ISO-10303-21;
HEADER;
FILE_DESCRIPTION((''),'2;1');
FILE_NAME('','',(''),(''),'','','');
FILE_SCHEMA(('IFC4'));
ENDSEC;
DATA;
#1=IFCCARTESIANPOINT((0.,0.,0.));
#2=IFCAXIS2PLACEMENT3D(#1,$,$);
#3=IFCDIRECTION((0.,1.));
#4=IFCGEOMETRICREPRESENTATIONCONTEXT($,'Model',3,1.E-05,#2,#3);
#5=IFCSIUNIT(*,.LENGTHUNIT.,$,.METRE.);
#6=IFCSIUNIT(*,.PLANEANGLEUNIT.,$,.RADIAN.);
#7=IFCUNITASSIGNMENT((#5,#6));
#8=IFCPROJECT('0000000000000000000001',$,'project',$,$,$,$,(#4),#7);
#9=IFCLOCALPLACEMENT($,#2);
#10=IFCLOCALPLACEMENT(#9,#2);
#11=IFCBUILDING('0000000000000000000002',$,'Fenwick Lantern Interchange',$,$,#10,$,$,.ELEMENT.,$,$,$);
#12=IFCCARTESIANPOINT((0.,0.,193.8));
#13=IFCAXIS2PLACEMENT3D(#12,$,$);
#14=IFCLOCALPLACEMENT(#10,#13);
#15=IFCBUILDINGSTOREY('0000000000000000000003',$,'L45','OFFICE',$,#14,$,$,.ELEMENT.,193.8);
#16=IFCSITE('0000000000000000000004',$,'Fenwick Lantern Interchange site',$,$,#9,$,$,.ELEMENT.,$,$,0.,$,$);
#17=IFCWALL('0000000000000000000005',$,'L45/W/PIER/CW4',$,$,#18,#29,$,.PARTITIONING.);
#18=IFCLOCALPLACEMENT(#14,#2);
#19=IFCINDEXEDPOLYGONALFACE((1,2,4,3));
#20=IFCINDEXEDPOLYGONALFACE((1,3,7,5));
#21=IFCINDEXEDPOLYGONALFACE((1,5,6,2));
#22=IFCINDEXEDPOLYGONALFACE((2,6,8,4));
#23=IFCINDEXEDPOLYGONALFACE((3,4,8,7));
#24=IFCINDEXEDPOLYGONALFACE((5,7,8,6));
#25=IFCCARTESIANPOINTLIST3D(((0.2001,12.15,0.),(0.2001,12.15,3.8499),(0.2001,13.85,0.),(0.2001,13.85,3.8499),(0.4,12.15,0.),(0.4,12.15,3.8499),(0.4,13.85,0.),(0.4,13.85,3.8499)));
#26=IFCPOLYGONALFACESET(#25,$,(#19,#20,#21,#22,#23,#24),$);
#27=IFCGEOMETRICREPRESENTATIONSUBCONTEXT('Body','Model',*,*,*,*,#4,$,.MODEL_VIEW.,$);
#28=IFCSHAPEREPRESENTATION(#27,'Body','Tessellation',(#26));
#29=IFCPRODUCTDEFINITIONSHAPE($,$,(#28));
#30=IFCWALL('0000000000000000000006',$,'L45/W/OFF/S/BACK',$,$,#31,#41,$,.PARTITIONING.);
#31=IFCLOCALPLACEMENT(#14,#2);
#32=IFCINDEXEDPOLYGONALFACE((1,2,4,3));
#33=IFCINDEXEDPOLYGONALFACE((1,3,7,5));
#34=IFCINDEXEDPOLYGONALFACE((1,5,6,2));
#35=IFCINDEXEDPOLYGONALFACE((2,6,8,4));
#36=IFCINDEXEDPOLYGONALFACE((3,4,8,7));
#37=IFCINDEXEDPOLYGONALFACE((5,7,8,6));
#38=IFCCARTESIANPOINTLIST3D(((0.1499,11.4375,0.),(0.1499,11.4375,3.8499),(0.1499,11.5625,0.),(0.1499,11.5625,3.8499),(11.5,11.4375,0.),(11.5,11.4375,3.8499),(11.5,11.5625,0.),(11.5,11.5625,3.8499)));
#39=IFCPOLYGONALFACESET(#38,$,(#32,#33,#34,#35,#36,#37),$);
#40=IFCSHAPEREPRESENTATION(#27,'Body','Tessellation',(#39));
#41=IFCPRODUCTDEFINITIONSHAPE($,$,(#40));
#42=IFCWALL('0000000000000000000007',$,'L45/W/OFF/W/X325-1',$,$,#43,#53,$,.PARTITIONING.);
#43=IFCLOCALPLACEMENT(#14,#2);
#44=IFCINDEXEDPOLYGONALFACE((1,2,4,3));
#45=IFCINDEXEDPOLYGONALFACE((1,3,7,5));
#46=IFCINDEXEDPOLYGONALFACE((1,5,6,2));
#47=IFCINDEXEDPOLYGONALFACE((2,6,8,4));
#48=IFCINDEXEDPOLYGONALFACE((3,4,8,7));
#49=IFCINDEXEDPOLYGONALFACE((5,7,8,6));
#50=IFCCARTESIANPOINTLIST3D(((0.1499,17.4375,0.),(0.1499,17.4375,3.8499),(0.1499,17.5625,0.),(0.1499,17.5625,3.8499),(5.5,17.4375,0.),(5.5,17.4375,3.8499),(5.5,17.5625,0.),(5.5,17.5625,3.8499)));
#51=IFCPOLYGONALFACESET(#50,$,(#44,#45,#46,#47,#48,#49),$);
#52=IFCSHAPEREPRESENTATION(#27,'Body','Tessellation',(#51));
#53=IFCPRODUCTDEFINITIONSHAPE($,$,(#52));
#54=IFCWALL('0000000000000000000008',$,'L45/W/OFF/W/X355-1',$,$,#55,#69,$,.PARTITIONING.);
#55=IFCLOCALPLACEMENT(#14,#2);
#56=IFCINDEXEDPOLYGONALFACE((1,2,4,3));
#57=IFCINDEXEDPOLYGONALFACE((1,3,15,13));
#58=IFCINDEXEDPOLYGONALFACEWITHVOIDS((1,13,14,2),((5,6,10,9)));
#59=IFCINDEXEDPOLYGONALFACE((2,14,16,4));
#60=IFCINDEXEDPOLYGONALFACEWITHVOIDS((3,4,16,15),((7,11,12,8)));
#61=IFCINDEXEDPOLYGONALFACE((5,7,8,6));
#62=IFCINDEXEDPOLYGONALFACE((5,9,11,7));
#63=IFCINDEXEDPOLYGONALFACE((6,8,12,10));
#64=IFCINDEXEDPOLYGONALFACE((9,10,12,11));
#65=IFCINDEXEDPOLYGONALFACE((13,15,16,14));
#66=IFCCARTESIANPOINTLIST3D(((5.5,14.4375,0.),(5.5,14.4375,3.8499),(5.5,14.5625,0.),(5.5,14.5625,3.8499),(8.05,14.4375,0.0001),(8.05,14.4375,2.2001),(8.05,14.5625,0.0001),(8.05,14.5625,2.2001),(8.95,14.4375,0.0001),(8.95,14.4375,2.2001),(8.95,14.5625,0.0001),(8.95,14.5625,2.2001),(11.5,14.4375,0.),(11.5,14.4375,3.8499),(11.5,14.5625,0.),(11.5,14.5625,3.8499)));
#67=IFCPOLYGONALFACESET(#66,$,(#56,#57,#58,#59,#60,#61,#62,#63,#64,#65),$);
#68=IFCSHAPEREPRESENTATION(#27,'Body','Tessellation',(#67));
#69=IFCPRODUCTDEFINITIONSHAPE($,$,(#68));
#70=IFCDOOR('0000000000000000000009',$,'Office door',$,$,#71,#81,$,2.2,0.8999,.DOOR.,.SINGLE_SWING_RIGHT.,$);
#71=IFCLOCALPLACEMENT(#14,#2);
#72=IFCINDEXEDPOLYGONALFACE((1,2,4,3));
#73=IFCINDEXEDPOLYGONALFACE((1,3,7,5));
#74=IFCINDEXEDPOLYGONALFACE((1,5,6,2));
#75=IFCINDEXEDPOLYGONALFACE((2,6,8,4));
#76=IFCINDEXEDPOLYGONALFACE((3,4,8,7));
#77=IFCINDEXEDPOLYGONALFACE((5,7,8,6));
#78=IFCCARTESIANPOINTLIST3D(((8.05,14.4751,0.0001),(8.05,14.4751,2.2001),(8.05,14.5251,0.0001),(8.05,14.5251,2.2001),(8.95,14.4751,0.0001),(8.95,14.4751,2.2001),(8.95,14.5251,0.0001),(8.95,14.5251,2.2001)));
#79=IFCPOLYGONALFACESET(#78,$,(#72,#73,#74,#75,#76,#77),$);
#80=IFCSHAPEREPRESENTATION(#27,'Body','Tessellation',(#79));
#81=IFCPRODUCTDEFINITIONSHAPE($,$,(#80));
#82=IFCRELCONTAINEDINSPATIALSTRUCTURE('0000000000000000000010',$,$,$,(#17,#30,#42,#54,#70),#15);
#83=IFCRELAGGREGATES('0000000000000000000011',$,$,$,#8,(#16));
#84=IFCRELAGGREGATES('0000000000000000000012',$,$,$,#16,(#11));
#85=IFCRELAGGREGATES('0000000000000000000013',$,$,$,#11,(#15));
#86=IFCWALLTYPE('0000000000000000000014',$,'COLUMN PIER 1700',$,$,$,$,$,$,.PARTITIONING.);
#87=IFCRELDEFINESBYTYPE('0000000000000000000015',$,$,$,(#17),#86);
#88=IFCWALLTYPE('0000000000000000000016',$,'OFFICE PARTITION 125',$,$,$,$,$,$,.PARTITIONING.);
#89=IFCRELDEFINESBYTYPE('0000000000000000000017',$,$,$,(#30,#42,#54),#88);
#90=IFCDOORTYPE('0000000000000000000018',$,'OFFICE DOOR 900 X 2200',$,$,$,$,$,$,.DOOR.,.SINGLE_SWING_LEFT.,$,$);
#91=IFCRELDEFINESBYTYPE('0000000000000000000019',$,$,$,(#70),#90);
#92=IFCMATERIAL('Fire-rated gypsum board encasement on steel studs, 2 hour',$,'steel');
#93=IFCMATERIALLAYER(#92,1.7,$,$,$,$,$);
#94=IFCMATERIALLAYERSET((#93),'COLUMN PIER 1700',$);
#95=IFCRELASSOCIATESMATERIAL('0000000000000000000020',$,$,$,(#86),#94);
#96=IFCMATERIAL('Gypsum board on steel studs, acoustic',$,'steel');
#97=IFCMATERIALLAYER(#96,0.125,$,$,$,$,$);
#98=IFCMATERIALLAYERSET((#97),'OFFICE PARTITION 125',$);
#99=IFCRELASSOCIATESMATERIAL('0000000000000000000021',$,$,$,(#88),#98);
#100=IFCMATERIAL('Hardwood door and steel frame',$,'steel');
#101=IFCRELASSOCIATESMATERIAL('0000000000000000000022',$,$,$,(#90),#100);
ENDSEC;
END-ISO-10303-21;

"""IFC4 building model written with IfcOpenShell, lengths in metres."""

from ifc_helpers import new_model, si_unit, direction, frame, frame_2d, origin, place, context, subcontext, project, spatial, rectangle, extrude, material, layer, layer_set, type_object, element, fill, save


model = new_model("IFC4")

# Units and contexts
model_context = context("Model", 3, precision=1e-05, world=origin(), true_north=direction((0.0, 1.0)))
body_context = subcontext(model_context, "Body", "Model", "MODEL_VIEW")
ifc_project = project(units=[si_unit("LENGTHUNIT", "METRE"), si_unit("PLANEANGLEUNIT", "RADIAN")], contexts=[model_context])

# Site, building, storey
site_placement = place(None, origin())
site = spatial("IfcSite", under=ifc_project, at=site_placement, Name="Fenwick Lantern Interchange site", CompositionType="ELEMENT", RefElevation=0.0)
building_placement = place(site_placement, origin())
building = spatial("IfcBuilding", under=site, at=building_placement, Name="Fenwick Lantern Interchange", CompositionType="ELEMENT")
storey_placement = place(building_placement, frame((0.0, 0.0, 193.8)))
storey = spatial("IfcBuildingStorey", under=building, at=storey_placement, Name="L45", Description="OFFICE", CompositionType="ELEMENT", Elevation=193.8)

# Walls
ifc_material_1 = material(Name="Fire-rated gypsum board encasement on steel studs, 2 hour", Category="steel")
ifc_layer_1 = layer(ifc_material_1, 1.7)
ifc_layer_set_1 = layer_set([ifc_layer_1], Name="COLUMN PIER 1700")
wall_type_1 = type_object("IfcWallType", Name="COLUMN PIER 1700", PredefinedType="PARTITIONING", material=ifc_layer_set_1)
wall_1_placement = place(storey_placement, frame((0.2, 13.0, 0.0), z_axis=(0.0, 0.0, 1.0), x_axis=(1.0, 0.0, 0.0)))
element("IfcWall", 1, at=wall_1_placement, inside=storey, type_object=wall_type_1, Name="L45/W/PIER/CW4", PredefinedType="PARTITIONING", context=body_context, shape_type="SweptSolid", body=[
    extrude(rectangle(XDim=0.2, YDim=1.7, at=frame_2d((0.1001, 0.0))), origin(), (0.0, 0.0, 1.0), 3.8499),
])
ifc_material_2 = material(Name="Gypsum board on steel studs, acoustic", Category="steel")
ifc_layer_2 = layer(ifc_material_2, 0.125)
ifc_layer_set_2 = layer_set([ifc_layer_2], Name="OFFICE PARTITION 125")
wall_type_2 = type_object("IfcWallType", Name="OFFICE PARTITION 125", PredefinedType="PARTITIONING", material=ifc_layer_set_2)
wall_2_placement = place(storey_placement, frame((0.1499, 11.5, 0.0), z_axis=(0.0, 0.0, 1.0), x_axis=(1.0, 0.0, 0.0)))
element("IfcWall", 2, at=wall_2_placement, inside=storey, type_object=wall_type_2, Name="L45/W/OFF/S/BACK", PredefinedType="PARTITIONING", context=body_context, shape_type="SweptSolid", body=[
    extrude(rectangle(XDim=11.3501, YDim=0.125, at=frame_2d((5.675, 0.0))), origin(), (0.0, 0.0, 1.0), 3.8499),
])
wall_3_placement = place(storey_placement, frame((0.1499, 17.5, 0.0), z_axis=(0.0, 0.0, 1.0), x_axis=(1.0, 0.0, 0.0)))
element("IfcWall", 3, at=wall_3_placement, inside=storey, type_object=wall_type_2, Name="L45/W/OFF/W/X325-1", PredefinedType="PARTITIONING", context=body_context, shape_type="SweptSolid", body=[
    extrude(rectangle(XDim=5.3501, YDim=0.125, at=frame_2d((2.675, 0.0))), origin(), (0.0, 0.0, 1.0), 3.8499),
])

# Wall, opening, door
wall_4_placement = place(storey_placement, frame((5.5, 14.5, 0.0), z_axis=(0.0, 0.0, 1.0), x_axis=(1.0, 0.0, 0.0)))
wall_4 = element("IfcWall", 4, at=wall_4_placement, inside=storey, type_object=wall_type_2, Name="L45/W/OFF/W/X355-1", PredefinedType="PARTITIONING", context=body_context, shape_type="SweptSolid", body=[
    extrude(rectangle(XDim=6.0, YDim=0.125, at=frame_2d((3.0, 0.0))), origin(), (0.0, 0.0, 1.0), 3.8499),
])
opening_placement = place(wall_4_placement, frame((2.55, 0.0, 0.0)))
opening = element("IfcOpeningElement", 5, at=opening_placement, cuts=wall_4, PredefinedType="OPENING", context=body_context, shape_type="SweptSolid", body=[
    extrude(rectangle(XDim=0.8999, YDim=2.2, at=frame_2d((0.45, 1.1001))), frame((0.0, 0.0725, 0.0), z_axis=(0.0, -1.0, 0.0), x_axis=(1.0, 0.0, 0.0)), (0.0, 0.0, 1.0), 0.145),
])
ifc_material_3 = material(Name="Hardwood door and steel frame", Category="steel")
door_type = type_object("IfcDoorType", Name="OFFICE DOOR 900 X 2200", OperationType="SINGLE_SWING_LEFT", PredefinedType="DOOR", material=ifc_material_3)
door_placement = place(opening_placement, frame((0.8999, 0.0, 0.0), z_axis=(0.0, 0.0, 1.0), x_axis=(-1.0, 0.0, 0.0)))
door = element("IfcDoor", 6, at=door_placement, inside=storey, type_object=door_type, Name="Office door", OperationType="SINGLE_SWING_RIGHT", OverallHeight=2.2, OverallWidth=0.8999, PredefinedType="DOOR", context=body_context, shape_type="SweptSolid", body=[
    extrude(rectangle(XDim=0.8999, YDim=2.2, at=frame_2d((0.45, 1.1001))), frame((0.0, 0.0249, 0.0), z_axis=(0.0, -1.0, 0.0), x_axis=(1.0, 0.0, 0.0)), (0.0, 0.0, 1.0), 0.05),
])
fill(opening, door)

save(model, "model.ifc")
